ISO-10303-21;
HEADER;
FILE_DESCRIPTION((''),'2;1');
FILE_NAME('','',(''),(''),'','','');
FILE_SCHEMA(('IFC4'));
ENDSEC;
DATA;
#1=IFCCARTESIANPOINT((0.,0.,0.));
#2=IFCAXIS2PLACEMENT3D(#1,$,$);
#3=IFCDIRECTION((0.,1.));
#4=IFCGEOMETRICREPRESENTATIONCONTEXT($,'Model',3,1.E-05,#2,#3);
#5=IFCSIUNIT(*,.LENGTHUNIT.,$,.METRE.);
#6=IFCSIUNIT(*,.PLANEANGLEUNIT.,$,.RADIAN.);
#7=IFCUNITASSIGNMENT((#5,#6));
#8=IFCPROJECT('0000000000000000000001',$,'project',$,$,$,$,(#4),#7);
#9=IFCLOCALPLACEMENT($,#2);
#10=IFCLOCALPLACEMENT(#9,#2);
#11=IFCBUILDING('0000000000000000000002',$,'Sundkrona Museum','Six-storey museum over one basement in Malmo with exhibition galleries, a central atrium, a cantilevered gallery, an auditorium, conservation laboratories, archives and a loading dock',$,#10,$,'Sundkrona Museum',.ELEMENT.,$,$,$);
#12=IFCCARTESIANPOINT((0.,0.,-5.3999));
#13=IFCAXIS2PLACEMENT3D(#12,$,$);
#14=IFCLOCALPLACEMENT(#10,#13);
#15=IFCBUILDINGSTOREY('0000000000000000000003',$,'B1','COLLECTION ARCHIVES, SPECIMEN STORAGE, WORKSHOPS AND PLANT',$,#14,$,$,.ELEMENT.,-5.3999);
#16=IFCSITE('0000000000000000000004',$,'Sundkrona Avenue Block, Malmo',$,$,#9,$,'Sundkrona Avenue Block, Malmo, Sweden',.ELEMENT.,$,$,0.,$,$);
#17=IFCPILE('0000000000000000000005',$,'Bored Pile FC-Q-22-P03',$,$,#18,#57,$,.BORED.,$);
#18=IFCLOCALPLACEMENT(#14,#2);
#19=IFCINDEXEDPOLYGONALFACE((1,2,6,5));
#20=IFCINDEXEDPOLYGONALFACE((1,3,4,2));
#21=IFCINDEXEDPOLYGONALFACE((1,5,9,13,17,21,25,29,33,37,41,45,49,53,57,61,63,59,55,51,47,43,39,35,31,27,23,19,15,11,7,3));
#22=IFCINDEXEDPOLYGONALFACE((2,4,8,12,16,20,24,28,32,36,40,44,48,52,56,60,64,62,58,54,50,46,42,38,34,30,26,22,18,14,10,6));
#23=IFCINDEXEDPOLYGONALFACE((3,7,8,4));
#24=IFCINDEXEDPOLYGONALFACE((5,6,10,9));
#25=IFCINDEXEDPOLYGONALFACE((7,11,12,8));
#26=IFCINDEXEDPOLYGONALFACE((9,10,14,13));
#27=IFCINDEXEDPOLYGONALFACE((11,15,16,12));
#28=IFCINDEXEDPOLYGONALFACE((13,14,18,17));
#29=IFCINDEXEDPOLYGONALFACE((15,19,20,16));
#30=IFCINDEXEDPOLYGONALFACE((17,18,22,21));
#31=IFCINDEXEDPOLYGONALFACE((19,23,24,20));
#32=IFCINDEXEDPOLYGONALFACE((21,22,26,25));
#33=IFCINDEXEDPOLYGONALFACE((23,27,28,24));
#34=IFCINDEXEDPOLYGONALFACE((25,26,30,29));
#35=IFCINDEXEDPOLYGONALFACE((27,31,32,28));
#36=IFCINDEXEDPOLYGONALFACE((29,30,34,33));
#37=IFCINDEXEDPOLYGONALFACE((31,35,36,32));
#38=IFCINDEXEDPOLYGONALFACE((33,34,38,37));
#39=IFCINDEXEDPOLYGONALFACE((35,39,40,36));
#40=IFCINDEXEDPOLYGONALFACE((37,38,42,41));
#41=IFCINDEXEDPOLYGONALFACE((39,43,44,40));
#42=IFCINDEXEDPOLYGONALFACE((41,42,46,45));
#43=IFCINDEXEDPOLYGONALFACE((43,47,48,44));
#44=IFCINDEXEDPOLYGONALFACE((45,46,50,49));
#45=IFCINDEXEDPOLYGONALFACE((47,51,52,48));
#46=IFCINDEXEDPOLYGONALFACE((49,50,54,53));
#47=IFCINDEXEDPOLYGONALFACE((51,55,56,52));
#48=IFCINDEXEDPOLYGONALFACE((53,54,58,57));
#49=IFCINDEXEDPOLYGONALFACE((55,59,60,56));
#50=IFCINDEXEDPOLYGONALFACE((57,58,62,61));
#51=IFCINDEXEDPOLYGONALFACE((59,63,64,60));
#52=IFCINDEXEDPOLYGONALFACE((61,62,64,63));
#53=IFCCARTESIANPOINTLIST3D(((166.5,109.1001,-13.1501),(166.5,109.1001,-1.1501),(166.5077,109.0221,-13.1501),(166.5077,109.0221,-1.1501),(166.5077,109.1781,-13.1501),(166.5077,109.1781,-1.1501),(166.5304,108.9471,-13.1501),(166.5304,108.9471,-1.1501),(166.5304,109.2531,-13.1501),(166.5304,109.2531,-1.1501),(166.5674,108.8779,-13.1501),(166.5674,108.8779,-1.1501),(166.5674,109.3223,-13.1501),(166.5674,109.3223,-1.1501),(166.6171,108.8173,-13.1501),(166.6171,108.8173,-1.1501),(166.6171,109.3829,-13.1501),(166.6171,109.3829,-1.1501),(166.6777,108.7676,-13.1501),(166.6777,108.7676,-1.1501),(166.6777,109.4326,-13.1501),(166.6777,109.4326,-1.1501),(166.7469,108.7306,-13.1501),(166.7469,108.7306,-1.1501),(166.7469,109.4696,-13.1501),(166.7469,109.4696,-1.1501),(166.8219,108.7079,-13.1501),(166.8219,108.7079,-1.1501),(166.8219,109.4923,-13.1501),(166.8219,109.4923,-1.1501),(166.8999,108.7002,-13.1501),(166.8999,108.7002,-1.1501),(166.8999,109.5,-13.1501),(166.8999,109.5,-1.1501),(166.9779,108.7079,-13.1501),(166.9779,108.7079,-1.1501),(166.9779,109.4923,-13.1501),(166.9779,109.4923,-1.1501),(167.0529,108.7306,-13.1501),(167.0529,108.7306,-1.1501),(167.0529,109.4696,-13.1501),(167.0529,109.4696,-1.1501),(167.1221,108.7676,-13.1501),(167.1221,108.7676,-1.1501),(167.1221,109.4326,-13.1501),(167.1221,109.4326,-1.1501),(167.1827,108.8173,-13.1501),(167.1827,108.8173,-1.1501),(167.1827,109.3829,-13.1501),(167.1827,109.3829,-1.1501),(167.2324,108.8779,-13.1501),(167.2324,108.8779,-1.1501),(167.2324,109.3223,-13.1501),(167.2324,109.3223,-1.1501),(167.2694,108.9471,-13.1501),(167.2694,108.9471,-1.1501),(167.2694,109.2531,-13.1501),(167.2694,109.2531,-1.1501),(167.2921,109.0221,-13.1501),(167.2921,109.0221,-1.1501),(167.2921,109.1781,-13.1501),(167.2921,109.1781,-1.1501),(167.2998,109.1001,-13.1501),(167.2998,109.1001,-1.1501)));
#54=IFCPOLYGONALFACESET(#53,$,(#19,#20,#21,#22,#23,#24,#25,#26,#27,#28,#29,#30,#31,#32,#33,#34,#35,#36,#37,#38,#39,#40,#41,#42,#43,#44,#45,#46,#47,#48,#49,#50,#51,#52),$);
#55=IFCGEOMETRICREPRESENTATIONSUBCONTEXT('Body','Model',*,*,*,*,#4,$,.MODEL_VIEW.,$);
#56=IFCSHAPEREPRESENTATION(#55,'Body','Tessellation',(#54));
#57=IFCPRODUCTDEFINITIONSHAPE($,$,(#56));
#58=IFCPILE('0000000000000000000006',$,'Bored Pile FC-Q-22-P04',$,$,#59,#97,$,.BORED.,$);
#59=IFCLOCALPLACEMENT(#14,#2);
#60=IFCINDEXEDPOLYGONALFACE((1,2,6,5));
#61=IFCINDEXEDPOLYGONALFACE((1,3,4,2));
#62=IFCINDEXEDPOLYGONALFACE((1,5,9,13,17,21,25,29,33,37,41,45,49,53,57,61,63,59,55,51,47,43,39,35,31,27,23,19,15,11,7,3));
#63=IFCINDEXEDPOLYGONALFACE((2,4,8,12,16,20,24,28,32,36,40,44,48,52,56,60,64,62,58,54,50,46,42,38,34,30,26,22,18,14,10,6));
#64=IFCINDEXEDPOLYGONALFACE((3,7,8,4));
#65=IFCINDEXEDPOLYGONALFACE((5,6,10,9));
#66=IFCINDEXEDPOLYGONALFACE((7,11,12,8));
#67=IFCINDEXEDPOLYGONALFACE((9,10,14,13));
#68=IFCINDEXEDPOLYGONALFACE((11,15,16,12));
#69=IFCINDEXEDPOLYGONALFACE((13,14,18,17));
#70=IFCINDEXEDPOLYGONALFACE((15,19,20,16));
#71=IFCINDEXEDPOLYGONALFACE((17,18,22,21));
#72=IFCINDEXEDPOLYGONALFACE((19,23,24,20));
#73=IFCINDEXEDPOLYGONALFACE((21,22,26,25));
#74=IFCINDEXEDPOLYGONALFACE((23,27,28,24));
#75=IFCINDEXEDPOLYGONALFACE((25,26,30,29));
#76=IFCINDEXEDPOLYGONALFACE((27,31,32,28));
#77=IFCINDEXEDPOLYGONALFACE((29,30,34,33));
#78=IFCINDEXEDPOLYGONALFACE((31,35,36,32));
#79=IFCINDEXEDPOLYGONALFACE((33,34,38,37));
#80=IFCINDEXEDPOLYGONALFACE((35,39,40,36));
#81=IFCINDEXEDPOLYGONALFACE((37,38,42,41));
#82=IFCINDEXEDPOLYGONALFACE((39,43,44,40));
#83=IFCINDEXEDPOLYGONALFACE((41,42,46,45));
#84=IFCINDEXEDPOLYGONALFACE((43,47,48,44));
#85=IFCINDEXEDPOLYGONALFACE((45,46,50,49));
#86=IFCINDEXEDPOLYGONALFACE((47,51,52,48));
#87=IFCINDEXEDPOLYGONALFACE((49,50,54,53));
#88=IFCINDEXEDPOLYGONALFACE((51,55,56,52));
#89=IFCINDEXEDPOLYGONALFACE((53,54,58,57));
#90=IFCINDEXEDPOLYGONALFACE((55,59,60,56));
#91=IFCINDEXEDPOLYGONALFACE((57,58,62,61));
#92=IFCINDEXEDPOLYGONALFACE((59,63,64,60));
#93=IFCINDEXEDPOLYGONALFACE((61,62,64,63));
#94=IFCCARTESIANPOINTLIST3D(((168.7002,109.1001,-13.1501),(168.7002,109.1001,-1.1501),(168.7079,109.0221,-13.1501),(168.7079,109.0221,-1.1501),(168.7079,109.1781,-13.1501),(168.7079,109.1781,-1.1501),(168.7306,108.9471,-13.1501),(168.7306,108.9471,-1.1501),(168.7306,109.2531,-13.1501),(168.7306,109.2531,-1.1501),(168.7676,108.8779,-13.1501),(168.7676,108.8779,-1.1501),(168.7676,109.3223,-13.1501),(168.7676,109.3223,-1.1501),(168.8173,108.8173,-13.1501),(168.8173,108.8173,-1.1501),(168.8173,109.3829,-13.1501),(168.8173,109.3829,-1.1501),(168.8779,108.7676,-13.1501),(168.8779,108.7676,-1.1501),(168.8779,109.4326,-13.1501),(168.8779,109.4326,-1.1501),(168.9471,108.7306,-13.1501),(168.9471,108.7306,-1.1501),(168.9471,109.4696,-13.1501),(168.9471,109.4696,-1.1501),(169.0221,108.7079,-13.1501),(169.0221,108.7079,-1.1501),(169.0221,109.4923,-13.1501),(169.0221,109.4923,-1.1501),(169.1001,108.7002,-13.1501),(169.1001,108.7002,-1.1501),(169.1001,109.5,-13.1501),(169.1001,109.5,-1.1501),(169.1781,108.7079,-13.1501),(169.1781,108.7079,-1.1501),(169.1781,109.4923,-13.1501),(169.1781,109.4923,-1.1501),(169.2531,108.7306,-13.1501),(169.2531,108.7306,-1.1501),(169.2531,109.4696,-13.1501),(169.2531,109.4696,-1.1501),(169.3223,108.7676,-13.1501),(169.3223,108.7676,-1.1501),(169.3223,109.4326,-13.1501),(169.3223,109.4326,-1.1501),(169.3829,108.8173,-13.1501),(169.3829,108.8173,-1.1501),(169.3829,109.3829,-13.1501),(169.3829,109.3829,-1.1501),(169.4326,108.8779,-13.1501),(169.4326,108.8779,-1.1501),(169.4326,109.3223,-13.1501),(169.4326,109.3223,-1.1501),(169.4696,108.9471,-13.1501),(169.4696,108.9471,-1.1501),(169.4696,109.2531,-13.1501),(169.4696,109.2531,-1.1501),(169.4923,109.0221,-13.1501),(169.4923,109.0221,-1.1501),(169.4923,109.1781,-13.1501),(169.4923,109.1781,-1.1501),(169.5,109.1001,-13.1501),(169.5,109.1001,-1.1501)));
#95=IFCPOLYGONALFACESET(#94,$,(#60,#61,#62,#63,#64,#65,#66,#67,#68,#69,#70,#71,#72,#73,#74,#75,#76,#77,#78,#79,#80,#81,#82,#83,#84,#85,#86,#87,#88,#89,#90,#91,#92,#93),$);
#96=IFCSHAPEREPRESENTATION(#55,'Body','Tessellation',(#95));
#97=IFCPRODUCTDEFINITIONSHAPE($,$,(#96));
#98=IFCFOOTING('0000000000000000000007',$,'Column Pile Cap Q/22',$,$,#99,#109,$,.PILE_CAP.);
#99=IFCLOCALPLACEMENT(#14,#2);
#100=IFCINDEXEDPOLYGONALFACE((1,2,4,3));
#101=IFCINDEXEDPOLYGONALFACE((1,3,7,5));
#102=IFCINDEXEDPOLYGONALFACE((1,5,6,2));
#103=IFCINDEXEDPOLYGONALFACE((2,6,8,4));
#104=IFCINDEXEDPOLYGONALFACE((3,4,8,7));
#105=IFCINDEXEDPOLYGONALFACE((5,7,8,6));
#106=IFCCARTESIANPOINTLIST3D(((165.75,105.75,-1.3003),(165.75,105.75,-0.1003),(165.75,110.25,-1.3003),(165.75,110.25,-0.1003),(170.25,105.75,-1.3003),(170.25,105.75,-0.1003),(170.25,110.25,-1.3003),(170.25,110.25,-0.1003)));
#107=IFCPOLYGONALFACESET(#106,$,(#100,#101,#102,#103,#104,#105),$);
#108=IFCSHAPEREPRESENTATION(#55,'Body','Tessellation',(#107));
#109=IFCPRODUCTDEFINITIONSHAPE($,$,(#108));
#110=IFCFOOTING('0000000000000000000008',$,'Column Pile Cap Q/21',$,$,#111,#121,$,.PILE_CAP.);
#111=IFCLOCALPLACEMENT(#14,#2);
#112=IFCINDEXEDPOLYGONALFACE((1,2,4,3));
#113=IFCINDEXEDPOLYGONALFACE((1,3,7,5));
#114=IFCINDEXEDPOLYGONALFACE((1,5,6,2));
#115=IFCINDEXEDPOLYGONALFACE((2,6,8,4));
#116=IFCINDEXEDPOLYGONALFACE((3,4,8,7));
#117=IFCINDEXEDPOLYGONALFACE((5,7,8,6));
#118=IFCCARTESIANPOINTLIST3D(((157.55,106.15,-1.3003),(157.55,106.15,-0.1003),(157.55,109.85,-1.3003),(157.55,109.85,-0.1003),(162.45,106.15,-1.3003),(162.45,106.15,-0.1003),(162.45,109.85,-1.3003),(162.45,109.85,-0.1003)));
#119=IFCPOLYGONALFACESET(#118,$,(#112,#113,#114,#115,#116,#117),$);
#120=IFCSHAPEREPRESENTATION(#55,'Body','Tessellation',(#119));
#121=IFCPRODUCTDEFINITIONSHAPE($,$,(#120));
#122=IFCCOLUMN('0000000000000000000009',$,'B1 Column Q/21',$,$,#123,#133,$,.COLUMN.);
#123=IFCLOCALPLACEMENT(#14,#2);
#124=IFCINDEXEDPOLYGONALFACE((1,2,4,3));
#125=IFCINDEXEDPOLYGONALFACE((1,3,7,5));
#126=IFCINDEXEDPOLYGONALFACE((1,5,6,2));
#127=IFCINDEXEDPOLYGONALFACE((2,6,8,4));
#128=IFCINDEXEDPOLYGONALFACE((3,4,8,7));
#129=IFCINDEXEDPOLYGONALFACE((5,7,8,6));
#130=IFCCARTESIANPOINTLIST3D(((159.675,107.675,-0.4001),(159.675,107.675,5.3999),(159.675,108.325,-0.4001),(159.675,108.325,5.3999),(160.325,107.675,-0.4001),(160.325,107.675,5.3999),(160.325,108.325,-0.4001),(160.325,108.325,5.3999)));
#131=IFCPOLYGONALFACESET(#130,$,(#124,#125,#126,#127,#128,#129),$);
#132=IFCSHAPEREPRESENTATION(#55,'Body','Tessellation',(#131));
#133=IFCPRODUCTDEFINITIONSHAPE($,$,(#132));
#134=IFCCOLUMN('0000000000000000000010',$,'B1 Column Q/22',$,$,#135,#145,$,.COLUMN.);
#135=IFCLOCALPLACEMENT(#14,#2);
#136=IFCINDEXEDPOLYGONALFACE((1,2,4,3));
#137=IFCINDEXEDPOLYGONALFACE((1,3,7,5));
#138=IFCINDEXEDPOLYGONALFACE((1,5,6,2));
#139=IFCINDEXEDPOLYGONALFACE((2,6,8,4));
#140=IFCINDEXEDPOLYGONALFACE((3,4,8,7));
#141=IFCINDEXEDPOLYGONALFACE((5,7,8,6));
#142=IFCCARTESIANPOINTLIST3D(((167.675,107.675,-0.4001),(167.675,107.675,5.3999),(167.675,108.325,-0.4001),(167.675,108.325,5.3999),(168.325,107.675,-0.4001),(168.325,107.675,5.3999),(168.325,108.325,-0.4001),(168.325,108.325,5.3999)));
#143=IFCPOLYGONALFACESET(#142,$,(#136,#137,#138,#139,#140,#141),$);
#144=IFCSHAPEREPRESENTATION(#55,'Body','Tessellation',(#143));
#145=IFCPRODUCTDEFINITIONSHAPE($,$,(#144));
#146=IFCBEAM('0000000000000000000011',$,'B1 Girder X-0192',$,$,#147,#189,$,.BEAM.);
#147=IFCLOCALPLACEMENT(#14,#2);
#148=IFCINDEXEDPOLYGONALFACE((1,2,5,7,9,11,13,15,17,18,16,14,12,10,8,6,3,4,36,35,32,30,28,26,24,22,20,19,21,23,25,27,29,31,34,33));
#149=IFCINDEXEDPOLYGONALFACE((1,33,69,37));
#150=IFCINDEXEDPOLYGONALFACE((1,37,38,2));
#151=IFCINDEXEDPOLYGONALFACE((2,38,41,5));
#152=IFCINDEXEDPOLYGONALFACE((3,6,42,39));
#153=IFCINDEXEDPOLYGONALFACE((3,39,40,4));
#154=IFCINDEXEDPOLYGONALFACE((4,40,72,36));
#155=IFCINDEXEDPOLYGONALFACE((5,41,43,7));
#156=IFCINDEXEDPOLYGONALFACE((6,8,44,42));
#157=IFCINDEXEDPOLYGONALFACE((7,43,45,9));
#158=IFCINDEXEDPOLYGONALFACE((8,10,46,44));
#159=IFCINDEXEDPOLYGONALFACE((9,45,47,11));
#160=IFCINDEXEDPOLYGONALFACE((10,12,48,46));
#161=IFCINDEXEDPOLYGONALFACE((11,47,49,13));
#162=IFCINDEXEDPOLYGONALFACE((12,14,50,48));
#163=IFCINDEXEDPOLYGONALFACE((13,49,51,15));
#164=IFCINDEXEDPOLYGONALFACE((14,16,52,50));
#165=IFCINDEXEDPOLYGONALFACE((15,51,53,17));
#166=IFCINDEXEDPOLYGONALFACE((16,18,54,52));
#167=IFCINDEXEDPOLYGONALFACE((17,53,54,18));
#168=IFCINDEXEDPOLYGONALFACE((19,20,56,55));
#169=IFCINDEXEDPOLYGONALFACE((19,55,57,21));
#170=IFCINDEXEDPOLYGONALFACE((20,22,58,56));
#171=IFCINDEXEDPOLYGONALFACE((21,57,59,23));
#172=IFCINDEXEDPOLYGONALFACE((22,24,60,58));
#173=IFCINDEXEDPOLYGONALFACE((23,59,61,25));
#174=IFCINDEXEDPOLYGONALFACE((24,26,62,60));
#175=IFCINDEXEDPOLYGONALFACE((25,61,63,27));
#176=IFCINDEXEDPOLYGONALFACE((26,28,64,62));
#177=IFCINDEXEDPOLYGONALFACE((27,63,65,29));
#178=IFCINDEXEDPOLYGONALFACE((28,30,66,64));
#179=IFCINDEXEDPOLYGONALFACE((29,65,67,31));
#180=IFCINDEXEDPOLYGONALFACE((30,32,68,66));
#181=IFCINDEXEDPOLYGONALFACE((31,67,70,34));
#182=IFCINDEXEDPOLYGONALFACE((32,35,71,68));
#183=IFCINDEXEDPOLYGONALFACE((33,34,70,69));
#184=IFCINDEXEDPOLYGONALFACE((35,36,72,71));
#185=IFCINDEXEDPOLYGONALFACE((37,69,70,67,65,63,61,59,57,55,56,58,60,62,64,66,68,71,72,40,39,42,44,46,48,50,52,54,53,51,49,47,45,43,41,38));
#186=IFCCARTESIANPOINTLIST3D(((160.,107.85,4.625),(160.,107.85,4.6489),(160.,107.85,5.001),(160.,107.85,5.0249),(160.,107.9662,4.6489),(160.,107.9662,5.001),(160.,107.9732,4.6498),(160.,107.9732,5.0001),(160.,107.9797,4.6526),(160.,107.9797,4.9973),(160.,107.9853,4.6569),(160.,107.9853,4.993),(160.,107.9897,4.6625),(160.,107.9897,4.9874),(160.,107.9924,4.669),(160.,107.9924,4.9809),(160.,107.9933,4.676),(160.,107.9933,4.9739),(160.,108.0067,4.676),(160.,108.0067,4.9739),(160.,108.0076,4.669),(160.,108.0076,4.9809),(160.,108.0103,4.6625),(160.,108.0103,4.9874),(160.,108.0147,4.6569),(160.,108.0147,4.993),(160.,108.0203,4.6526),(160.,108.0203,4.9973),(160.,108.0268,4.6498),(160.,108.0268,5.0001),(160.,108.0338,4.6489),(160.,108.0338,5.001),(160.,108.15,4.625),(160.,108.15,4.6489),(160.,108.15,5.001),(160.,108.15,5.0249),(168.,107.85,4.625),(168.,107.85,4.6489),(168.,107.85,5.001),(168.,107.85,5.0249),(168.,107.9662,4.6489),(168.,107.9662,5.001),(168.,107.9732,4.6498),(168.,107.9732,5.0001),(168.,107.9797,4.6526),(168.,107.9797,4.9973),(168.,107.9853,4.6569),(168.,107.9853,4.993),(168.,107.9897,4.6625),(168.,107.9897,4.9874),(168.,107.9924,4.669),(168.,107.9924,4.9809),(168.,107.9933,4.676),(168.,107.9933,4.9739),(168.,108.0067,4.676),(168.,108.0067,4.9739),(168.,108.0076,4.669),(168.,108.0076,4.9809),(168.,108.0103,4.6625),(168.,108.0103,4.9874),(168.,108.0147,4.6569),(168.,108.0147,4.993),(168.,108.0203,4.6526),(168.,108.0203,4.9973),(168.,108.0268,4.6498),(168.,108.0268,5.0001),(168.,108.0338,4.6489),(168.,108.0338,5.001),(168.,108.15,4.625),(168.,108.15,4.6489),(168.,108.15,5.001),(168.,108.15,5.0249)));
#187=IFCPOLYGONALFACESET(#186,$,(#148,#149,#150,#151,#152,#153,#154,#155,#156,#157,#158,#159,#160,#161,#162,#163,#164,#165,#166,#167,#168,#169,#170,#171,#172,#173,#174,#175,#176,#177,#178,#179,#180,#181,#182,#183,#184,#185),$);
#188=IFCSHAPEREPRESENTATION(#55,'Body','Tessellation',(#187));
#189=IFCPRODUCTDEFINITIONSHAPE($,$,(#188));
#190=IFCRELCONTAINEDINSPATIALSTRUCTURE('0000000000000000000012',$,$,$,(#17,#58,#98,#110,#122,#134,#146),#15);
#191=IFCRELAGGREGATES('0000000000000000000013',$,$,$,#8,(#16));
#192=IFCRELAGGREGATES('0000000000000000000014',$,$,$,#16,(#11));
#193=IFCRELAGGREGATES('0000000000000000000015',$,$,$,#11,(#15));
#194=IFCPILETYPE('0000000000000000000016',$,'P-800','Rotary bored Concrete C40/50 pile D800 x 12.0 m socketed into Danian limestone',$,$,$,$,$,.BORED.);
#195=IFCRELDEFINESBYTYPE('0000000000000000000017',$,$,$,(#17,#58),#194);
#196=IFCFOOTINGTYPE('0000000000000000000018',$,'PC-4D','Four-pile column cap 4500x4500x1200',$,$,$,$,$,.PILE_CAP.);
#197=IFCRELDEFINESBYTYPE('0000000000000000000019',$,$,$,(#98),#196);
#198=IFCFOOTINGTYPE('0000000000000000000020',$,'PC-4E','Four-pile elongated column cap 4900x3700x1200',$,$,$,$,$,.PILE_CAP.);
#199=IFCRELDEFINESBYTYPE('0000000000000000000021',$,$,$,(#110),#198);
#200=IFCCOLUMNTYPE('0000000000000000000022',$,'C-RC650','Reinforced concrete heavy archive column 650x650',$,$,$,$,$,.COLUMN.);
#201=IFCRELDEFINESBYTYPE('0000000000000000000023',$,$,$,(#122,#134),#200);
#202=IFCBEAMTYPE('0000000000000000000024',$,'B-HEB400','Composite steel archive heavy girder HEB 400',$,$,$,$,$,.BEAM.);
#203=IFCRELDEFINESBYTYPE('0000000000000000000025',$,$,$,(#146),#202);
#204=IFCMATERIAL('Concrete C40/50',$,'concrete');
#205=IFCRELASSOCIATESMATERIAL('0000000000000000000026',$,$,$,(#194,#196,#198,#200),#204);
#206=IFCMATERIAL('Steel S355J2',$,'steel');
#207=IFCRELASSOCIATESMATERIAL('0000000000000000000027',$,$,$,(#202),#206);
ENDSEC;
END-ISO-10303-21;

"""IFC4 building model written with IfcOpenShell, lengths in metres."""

from ifc_helpers import new_model, si_unit, direction, frame, origin, origin_2d, place, context, subcontext, project, spatial, rectangle, circle, i_section, extrude, material, material_profile, profile_set, type_object, element, save


model = new_model("IFC4")

# Units and contexts
model_context = context("Model", 3, precision=1e-05, world=origin(), true_north=direction((0.0, 1.0)))
body_context = subcontext(model_context, "Body", "Model", "MODEL_VIEW")
ifc_project = project(units=[si_unit("LENGTHUNIT", "METRE"), si_unit("PLANEANGLEUNIT", "RADIAN")], contexts=[model_context])

# Site, building, storey
site_placement = place(None, origin())
site = spatial("IfcSite", under=ifc_project, at=site_placement, Name="Sundkrona Avenue Block, Malmo", LongName="Sundkrona Avenue Block, Malmo, Sweden", CompositionType="ELEMENT", RefElevation=0.0)
building_placement = place(site_placement, origin())
building = spatial("IfcBuilding", under=site, at=building_placement, Name="Sundkrona Museum", Description="Six-storey museum over one basement in Malmo with exhibition galleries, a central atrium, a cantilevered gallery, an auditorium, conservation laboratories, archives and a loading dock", LongName="Sundkrona Museum", CompositionType="ELEMENT")
storey_placement = place(building_placement, frame((0.0, 0.0, -5.3999)))
storey = spatial("IfcBuildingStorey", under=building, at=storey_placement, Name="B1", Description="COLLECTION ARCHIVES, SPECIMEN STORAGE, WORKSHOPS AND PLANT", CompositionType="ELEMENT", Elevation=-5.3999)

# Shared definitions
ifc_material_1 = material(Name="Concrete C40/50", Category="concrete")

# Piles
ifc_material_profile_1 = material_profile(ifc_material_1, circle(Radius=0.3999, at=origin_2d()), Name="PILE D800")
ifc_profile_set_1 = profile_set([ifc_material_profile_1], Name="Concrete C40/50")
pile_type = type_object("IfcPileType", Name="P-800", Description="Rotary bored Concrete C40/50 pile D800 x 12.0 m socketed into Danian limestone", PredefinedType="BORED", material=ifc_profile_set_1)
for number, where, z_axis, x_axis, name in (
    (1, (166.8999, 109.1001, -1.1501), (0.0, 0.0, -1.0), (1.0, 0.0, 0.0), "Bored Pile FC-Q-22-P03"),
    (2, (169.1001, 109.1001, -1.1501), (0.0, 0.0, -1.0), (1.0, 0.0, 0.0), "Bored Pile FC-Q-22-P04"),
):
    element("IfcPile", number, at=place(storey_placement, frame(where, z_axis=z_axis, x_axis=x_axis)), inside=storey, type_object=pile_type, Name=name, PredefinedType="BORED", context=body_context, shape_type="SweptSolid", body=[
        extrude(circle(Radius=0.3999, at=origin_2d()), origin(), (0.0, 0.0, 1.0), 12.0),
    ])

# Footings
footing_type_1 = type_object("IfcFootingType", Name="PC-4D", Description="Four-pile column cap 4500x4500x1200", PredefinedType="PILE_CAP", material=ifc_material_1)
footing_1_placement = place(storey_placement, frame((168.0, 108.0, -1.3003), z_axis=(0.0, 0.0, 1.0), x_axis=(1.0, 0.0, 0.0)))
element("IfcFooting", 3, at=footing_1_placement, inside=storey, type_object=footing_type_1, Name="Column Pile Cap Q/22", PredefinedType="PILE_CAP", context=body_context, shape_type="SweptSolid", body=[
    extrude(rectangle(XDim=4.5, YDim=4.5, at=origin_2d()), origin(), (0.0, 0.0, 1.0), 1.2),
])
footing_type_2 = type_object("IfcFootingType", Name="PC-4E", Description="Four-pile elongated column cap 4900x3700x1200", PredefinedType="PILE_CAP", material=ifc_material_1)
footing_2_placement = place(storey_placement, frame((160.0, 108.0, -1.3003), z_axis=(0.0, 0.0, 1.0), x_axis=(1.0, 0.0, 0.0)))
element("IfcFooting", 4, at=footing_2_placement, inside=storey, type_object=footing_type_2, Name="Column Pile Cap Q/21", PredefinedType="PILE_CAP", context=body_context, shape_type="SweptSolid", body=[
    extrude(rectangle(XDim=4.8999, YDim=3.7, at=origin_2d()), origin(), (0.0, 0.0, 1.0), 1.2),
])

# Columns
ifc_material_profile_2 = material_profile(ifc_material_1, rectangle(XDim=0.6499, YDim=0.6499, at=origin_2d()), Name="RC 650x650")
ifc_profile_set_2 = profile_set([ifc_material_profile_2], Name="Concrete C40/50")
column_type = type_object("IfcColumnType", Name="C-RC650", Description="Reinforced concrete heavy archive column 650x650", PredefinedType="COLUMN", material=ifc_profile_set_2)
for number, where, z_axis, x_axis, name in (
    (5, (160.0, 108.0, -0.4001), (0.0, 0.0, 1.0), (1.0, 0.0, 0.0), "B1 Column Q/21"),
    (6, (168.0, 108.0, -0.4001), (0.0, 0.0, 1.0), (1.0, 0.0, 0.0), "B1 Column Q/22"),
):
    element("IfcColumn", number, at=place(storey_placement, frame(where, z_axis=z_axis, x_axis=x_axis)), inside=storey, type_object=column_type, Name=name, PredefinedType="COLUMN", context=body_context, shape_type="SweptSolid", body=[
        extrude(rectangle(XDim=0.6499, YDim=0.6499, at=origin_2d()), origin(), (0.0, 0.0, 1.0), 5.8),
    ])

# Beam
ifc_material_2 = material(Name="Steel S355J2", Category="steel")
ifc_material_profile_3 = material_profile(ifc_material_2, i_section(OverallWidth=0.3, OverallDepth=0.3999, WebThickness=0.0134, FlangeThickness=0.0239, FilletRadius=0.0271, at=origin_2d()), Name="HEB 400")
ifc_profile_set_3 = profile_set([ifc_material_profile_3], Name="Steel S355J2")
beam_type_1 = type_object("IfcBeamType", Name="B-HEB400", Description="Composite steel archive heavy girder HEB 400", PredefinedType="BEAM", material=ifc_profile_set_3)
beam_1_placement = place(storey_placement, frame((160.0, 108.0, 4.825), z_axis=(1.0, 0.0, 0.0), x_axis=(0.0, 1.0, 0.0)))
element("IfcBeam", 7, at=beam_1_placement, inside=storey, type_object=beam_type_1, Name="B1 Girder X-0192", PredefinedType="BEAM", context=body_context, shape_type="SweptSolid", body=[
    extrude(i_section(OverallWidth=0.3, OverallDepth=0.3999, WebThickness=0.0134, FlangeThickness=0.0239, FilletRadius=0.0271, at=origin_2d()), origin(), (0.0, 0.0, 1.0), 8.0),
])

save(model, "model.ifc")
